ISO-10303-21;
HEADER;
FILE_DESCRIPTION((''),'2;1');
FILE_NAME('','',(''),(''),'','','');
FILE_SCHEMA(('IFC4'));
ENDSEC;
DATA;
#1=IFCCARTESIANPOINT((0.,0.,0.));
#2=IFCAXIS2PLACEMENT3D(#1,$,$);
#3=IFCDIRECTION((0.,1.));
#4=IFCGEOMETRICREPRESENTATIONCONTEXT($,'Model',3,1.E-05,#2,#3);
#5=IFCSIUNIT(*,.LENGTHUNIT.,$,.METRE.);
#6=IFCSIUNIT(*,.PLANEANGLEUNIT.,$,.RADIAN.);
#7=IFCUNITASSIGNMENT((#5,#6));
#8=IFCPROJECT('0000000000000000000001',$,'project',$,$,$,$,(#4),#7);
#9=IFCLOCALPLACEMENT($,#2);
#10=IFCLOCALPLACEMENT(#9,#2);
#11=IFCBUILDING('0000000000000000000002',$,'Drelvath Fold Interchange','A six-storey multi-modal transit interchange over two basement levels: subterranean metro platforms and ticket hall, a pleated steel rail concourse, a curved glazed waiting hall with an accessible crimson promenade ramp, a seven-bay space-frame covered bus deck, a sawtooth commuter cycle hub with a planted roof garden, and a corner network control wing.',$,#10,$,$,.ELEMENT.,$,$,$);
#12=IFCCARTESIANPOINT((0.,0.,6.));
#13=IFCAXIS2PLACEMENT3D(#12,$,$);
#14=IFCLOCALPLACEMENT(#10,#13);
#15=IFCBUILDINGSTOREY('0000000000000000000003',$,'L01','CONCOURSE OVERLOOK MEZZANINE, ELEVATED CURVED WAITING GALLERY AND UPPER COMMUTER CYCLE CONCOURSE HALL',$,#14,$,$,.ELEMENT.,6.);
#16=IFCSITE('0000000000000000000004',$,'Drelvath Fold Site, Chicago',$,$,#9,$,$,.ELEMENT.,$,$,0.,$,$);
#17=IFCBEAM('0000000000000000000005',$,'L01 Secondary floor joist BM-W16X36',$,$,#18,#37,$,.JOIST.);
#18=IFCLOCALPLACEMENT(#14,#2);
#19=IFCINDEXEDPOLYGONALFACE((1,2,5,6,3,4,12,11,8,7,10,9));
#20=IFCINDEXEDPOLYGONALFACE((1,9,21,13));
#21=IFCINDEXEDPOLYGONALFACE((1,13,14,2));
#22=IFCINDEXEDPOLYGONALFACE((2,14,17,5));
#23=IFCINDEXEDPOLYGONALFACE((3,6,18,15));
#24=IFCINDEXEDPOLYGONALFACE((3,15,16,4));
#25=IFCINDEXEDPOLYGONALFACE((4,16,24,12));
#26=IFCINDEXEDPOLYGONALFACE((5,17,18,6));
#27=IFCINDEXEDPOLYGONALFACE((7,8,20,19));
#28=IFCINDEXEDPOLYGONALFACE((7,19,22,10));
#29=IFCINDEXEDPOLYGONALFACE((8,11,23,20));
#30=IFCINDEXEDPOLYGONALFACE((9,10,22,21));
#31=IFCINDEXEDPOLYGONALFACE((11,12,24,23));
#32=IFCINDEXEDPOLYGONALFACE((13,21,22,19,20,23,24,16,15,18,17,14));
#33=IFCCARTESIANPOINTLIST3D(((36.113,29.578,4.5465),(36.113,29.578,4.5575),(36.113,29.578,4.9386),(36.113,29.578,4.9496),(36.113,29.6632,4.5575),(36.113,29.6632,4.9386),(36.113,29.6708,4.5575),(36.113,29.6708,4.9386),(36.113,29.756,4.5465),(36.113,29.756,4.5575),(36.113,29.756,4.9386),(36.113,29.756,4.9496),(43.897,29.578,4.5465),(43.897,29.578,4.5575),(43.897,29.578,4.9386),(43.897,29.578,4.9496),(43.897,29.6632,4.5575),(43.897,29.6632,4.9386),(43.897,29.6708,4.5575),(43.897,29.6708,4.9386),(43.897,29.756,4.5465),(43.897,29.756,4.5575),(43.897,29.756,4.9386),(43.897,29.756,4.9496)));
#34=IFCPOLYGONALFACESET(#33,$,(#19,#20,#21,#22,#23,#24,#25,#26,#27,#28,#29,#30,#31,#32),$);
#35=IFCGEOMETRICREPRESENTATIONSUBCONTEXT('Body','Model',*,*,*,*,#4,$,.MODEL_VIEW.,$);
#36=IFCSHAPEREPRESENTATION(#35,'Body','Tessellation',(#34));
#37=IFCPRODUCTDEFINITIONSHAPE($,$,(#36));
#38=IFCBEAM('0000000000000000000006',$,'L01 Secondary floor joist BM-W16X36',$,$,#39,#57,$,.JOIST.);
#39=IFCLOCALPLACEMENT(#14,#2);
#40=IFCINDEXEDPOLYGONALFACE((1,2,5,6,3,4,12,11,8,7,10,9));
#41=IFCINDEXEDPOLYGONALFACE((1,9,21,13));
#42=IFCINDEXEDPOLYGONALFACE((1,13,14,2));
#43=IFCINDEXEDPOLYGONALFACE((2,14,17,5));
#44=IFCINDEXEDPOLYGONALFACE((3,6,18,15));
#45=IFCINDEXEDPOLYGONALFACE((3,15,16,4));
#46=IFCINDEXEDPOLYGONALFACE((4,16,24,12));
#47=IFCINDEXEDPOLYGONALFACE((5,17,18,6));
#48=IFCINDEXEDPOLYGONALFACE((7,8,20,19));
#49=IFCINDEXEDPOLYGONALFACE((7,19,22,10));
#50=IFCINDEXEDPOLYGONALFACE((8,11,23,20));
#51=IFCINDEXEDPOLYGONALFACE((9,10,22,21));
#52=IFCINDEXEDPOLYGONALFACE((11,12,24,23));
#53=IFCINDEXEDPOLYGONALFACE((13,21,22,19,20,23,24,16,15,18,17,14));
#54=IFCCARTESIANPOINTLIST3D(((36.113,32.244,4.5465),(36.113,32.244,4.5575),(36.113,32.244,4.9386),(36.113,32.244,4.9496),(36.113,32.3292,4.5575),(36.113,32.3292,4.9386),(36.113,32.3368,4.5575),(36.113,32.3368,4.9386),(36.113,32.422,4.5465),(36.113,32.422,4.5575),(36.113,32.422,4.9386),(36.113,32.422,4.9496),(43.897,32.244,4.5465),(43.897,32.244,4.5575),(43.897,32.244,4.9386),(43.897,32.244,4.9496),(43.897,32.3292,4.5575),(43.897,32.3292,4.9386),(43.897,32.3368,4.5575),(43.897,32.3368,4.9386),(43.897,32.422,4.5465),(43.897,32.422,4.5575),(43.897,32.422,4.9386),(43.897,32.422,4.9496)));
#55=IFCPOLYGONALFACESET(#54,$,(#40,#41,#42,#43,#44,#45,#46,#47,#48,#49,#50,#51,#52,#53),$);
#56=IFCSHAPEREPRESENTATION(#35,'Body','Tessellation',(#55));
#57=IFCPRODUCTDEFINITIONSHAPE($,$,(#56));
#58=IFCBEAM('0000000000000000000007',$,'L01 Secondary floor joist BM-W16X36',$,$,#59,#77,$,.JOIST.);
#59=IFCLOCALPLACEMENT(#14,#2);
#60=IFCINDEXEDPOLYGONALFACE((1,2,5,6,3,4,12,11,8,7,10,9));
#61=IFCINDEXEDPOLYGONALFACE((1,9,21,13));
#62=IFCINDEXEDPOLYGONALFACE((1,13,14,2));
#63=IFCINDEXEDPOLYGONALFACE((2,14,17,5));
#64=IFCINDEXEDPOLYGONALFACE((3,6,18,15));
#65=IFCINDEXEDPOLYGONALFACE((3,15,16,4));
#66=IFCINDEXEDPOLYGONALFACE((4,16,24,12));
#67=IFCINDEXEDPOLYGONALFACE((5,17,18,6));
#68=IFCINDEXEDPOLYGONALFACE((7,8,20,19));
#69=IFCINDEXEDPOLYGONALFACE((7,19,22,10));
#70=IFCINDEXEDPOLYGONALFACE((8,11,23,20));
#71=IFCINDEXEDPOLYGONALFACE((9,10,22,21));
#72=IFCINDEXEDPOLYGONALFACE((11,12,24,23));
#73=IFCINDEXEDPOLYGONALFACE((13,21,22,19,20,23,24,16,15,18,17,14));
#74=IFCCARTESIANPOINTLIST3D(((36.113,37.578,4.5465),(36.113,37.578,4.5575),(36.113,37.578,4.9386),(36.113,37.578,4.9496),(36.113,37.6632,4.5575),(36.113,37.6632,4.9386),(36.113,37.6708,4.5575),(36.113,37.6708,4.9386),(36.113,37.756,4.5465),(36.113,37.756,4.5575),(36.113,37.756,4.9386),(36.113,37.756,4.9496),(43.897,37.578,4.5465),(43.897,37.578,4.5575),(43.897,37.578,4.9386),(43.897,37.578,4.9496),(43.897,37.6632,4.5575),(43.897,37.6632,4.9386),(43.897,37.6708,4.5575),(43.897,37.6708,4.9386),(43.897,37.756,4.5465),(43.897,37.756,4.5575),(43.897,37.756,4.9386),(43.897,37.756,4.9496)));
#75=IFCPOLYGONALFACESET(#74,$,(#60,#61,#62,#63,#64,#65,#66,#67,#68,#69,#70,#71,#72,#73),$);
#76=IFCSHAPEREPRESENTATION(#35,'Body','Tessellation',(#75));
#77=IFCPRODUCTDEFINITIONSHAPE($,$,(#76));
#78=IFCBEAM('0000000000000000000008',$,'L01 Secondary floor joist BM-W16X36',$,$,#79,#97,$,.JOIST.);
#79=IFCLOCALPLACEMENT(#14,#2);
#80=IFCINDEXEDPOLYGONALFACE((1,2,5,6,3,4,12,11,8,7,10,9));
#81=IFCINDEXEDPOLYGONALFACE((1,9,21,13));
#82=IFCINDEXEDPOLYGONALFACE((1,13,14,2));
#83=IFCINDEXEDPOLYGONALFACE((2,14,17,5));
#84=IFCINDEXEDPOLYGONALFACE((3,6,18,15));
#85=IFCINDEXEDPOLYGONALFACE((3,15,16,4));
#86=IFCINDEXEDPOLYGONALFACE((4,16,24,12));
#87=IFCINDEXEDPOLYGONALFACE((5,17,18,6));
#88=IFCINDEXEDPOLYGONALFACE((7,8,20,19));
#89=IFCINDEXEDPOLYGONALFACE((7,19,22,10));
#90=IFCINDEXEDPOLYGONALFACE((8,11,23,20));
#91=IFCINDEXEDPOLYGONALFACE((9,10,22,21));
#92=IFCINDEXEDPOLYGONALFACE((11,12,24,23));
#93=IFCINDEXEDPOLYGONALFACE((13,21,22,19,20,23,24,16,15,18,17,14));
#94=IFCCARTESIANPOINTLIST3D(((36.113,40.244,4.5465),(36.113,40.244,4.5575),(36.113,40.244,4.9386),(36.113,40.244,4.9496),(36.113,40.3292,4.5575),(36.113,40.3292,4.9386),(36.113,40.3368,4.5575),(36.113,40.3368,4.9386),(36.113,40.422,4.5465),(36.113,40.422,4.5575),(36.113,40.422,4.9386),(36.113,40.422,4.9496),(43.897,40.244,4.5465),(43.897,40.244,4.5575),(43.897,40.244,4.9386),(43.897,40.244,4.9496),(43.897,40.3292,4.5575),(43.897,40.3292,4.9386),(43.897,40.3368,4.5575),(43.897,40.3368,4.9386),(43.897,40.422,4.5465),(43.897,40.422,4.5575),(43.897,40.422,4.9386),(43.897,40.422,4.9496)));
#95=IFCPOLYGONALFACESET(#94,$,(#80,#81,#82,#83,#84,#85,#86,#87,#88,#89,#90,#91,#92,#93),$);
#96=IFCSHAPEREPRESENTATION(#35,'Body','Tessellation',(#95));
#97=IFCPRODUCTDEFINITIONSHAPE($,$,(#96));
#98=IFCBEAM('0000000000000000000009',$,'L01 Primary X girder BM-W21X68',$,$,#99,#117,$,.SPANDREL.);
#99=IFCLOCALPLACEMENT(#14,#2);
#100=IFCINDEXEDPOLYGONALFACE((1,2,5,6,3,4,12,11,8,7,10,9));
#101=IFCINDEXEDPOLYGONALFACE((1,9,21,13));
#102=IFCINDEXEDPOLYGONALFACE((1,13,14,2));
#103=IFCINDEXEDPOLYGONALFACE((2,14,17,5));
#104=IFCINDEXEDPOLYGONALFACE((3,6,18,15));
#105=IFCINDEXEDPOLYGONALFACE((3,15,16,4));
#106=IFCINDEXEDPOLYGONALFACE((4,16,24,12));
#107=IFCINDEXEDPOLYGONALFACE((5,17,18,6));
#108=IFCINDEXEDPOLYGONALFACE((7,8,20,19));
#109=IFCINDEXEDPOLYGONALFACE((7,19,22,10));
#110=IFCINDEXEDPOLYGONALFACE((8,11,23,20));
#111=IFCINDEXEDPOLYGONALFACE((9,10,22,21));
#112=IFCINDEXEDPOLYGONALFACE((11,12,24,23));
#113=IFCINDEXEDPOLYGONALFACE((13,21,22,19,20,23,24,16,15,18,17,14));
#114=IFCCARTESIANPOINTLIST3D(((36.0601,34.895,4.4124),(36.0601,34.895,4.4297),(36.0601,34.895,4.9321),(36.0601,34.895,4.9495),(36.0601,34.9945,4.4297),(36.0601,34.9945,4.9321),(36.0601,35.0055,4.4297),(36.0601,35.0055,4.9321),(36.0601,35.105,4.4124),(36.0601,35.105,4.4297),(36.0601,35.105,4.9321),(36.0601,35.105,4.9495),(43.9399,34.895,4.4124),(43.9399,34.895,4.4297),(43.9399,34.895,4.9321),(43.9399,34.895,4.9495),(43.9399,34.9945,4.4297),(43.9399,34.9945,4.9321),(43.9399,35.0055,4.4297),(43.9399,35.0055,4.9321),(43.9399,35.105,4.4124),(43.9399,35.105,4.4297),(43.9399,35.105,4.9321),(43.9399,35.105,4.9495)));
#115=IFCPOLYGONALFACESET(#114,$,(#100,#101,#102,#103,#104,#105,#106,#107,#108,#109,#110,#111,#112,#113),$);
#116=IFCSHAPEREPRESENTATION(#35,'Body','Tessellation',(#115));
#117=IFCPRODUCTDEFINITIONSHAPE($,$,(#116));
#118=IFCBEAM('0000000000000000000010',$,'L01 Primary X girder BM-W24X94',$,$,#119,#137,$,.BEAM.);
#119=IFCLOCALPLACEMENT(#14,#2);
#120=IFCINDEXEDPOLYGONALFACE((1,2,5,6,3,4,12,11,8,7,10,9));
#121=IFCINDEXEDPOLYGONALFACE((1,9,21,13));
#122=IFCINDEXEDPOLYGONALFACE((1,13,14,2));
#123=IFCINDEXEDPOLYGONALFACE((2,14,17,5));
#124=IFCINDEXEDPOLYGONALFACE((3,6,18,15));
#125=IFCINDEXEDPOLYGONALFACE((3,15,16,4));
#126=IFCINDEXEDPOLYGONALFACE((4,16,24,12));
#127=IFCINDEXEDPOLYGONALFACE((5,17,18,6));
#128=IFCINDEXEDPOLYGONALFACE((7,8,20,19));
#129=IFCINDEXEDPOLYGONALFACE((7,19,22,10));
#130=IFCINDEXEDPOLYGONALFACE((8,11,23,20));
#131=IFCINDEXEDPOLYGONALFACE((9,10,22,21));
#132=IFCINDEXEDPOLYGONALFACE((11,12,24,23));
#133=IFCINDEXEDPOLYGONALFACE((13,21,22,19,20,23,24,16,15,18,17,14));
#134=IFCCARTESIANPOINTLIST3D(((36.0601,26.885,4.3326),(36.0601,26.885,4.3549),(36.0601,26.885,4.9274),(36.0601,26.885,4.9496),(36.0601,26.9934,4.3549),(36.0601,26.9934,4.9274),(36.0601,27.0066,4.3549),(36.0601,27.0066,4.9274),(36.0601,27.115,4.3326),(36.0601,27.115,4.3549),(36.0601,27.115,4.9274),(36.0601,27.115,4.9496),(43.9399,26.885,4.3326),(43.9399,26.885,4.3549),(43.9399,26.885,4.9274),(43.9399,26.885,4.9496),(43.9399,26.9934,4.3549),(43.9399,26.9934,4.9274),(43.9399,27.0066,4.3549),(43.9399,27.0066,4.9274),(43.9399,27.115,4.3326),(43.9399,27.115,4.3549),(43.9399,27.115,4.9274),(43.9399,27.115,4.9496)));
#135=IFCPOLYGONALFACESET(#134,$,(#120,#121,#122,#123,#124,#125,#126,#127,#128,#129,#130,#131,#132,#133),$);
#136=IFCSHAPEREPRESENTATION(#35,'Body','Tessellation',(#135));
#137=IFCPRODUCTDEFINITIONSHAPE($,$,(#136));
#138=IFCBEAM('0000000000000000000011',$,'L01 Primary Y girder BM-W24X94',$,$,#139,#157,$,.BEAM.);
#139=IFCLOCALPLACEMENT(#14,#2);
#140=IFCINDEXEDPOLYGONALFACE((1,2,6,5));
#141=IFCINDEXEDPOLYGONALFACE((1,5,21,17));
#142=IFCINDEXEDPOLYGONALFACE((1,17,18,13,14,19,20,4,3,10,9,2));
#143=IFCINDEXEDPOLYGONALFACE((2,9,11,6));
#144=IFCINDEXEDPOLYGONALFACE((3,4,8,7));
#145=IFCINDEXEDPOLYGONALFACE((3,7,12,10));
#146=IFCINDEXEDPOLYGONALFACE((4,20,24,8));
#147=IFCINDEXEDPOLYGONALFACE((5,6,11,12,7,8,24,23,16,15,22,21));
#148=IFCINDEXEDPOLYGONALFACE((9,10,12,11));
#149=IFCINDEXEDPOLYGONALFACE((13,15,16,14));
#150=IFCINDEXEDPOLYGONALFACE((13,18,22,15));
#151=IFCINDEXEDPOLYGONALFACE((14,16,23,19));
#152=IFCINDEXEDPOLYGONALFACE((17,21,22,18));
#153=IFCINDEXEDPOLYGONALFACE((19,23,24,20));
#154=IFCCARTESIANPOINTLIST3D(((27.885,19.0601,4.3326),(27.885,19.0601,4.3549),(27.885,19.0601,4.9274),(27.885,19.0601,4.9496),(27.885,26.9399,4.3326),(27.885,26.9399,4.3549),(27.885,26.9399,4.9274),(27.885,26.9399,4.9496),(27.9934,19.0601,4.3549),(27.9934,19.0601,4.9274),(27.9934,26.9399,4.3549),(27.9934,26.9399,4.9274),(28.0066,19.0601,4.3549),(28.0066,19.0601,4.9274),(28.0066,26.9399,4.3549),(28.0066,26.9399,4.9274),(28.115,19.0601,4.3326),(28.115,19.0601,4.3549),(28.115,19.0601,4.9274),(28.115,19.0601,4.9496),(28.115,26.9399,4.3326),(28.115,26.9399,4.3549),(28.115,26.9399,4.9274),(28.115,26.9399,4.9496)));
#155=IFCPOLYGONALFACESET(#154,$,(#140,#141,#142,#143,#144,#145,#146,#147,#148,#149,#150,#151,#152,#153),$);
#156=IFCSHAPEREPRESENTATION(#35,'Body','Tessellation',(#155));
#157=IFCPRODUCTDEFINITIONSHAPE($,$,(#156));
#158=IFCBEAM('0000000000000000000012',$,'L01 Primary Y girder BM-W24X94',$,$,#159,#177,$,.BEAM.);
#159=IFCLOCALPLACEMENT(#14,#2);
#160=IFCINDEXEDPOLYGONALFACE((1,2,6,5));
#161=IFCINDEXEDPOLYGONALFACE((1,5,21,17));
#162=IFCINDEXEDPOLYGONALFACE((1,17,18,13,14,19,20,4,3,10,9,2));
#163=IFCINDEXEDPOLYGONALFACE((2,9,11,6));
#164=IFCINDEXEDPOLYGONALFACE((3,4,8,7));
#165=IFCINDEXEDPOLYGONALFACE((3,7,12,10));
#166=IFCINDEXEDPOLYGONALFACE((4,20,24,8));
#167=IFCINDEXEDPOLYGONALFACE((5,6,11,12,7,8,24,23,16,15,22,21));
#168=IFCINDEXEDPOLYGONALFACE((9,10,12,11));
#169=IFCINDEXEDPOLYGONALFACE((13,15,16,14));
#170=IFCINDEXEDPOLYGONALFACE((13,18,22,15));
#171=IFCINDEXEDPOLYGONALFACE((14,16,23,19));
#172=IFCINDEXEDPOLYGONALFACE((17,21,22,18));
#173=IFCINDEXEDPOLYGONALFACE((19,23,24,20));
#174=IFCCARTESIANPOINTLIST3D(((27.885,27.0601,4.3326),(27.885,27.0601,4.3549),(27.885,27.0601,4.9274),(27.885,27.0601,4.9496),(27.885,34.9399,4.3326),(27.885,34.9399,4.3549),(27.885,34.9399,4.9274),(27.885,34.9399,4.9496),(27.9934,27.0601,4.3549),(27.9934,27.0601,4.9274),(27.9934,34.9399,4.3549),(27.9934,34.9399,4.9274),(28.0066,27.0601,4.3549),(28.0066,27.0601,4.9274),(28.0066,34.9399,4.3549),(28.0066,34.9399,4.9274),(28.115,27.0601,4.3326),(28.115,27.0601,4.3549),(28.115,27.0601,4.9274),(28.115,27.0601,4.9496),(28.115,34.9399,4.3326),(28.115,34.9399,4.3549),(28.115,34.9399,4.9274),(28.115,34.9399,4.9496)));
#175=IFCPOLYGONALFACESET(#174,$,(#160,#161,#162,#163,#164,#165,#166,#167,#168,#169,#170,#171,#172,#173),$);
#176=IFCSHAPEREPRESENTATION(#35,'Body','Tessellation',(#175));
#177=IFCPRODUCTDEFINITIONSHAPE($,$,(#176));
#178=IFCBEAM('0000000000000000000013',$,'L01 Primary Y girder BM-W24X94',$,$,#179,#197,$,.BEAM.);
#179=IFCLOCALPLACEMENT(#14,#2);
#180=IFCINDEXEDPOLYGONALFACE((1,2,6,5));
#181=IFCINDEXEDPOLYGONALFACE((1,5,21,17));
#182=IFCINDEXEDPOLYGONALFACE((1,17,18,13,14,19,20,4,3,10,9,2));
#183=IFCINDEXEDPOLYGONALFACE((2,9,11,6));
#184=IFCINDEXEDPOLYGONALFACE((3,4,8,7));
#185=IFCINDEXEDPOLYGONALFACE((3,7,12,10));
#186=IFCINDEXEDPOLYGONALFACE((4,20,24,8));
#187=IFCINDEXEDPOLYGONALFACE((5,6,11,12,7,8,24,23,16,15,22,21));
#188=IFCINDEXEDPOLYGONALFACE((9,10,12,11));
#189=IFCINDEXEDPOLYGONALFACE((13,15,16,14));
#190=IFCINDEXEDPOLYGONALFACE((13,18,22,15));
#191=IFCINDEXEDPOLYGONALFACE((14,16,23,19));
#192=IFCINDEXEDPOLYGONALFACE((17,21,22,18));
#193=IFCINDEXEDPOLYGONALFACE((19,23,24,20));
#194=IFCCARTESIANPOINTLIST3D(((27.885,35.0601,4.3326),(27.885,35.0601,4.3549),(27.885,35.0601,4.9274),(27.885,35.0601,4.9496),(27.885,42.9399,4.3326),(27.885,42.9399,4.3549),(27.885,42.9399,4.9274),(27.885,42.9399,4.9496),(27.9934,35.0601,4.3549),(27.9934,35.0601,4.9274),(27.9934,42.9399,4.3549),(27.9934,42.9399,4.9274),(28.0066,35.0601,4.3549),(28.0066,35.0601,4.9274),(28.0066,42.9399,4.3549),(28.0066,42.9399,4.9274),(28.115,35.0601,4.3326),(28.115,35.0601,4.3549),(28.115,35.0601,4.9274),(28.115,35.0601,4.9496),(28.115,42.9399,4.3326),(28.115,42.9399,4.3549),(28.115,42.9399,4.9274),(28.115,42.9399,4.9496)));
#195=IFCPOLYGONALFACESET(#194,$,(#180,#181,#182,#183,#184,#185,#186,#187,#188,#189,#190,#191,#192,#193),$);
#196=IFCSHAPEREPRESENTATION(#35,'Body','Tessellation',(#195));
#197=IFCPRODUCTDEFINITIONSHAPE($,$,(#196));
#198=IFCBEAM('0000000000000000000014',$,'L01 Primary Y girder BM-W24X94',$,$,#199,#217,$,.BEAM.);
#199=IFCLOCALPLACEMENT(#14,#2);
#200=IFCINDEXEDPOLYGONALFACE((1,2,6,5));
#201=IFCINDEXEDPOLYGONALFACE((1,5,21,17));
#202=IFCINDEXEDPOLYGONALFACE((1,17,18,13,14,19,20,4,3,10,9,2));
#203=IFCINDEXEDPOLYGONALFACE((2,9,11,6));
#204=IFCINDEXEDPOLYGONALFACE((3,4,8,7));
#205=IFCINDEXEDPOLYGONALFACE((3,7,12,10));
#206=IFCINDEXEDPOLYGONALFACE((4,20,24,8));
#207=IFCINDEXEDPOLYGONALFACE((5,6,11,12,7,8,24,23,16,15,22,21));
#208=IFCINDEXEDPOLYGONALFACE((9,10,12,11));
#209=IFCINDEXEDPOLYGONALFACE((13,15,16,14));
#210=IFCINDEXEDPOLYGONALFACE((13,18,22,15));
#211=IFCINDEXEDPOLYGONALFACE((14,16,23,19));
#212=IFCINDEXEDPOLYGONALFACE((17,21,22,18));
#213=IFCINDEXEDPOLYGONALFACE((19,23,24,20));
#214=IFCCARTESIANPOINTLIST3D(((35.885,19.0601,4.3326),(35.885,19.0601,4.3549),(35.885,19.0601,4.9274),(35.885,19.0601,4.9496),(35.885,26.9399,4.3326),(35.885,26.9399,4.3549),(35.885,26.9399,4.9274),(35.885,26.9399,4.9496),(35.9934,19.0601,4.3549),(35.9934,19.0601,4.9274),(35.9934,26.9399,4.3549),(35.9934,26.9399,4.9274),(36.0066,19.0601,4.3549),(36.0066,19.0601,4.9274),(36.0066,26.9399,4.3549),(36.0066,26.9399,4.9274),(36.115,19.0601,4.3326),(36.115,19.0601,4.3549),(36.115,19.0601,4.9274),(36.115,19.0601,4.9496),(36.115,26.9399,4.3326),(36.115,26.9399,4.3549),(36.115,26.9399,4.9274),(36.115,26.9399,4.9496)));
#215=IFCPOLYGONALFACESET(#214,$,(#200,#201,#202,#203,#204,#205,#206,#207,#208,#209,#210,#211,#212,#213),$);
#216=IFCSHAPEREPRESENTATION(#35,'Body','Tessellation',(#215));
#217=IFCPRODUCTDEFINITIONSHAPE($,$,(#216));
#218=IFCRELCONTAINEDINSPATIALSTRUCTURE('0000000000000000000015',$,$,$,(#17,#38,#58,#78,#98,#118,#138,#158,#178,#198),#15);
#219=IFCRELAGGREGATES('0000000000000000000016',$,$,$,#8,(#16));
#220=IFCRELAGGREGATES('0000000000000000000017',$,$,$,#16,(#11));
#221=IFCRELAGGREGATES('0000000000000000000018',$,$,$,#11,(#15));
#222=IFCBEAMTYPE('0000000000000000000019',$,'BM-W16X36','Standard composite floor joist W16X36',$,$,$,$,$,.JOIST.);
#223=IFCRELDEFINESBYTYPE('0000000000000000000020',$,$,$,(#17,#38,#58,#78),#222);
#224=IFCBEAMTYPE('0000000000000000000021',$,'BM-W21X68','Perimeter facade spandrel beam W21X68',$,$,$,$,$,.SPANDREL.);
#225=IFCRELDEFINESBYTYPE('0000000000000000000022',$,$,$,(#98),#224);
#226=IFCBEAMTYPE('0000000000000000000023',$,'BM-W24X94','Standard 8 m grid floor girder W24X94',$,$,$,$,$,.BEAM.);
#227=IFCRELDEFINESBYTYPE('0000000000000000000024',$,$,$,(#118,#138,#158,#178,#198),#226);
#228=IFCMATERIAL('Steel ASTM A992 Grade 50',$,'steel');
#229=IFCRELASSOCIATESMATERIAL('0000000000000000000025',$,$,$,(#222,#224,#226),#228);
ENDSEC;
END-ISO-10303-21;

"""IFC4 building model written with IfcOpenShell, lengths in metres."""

from ifc_helpers import new_model, si_unit, direction, frame, origin, origin_2d, place, context, subcontext, project, spatial, i_section, extrude, material, material_profile, profile_set, type_object, element, save


model = new_model("IFC4")

# Units and contexts
model_context = context("Model", 3, precision=1e-05, world=origin(), true_north=direction((0.0, 1.0)))
body_context = subcontext(model_context, "Body", "Model", "MODEL_VIEW")
ifc_project = project(units=[si_unit("LENGTHUNIT", "METRE"), si_unit("PLANEANGLEUNIT", "RADIAN")], contexts=[model_context])

# Site, building, storey
site_placement = place(None, origin())
site = spatial("IfcSite", under=ifc_project, at=site_placement, Name="Drelvath Fold Site, Chicago", CompositionType="ELEMENT", RefElevation=0.0)
building_placement = place(site_placement, origin())
building = spatial("IfcBuilding", under=site, at=building_placement, Name="Drelvath Fold Interchange", Description="A six-storey multi-modal transit interchange over two basement levels: subterranean metro platforms and ticket hall, a pleated steel rail concourse, a curved glazed waiting hall with an accessible crimson promenade ramp, a seven-bay space-frame covered bus deck, a sawtooth commuter cycle hub with a planted roof garden, and a corner network control wing.", CompositionType="ELEMENT")
storey_placement = place(building_placement, frame((0.0, 0.0, 6.0)))
storey = spatial("IfcBuildingStorey", under=building, at=storey_placement, Name="L01", Description="CONCOURSE OVERLOOK MEZZANINE, ELEVATED CURVED WAITING GALLERY AND UPPER COMMUTER CYCLE CONCOURSE HALL", CompositionType="ELEMENT", Elevation=6.0)

# Shared definitions
ifc_material_1 = material(Name="Steel ASTM A992 Grade 50", Category="steel")

# Beams
ifc_material_profile_1 = material_profile(ifc_material_1, i_section(OverallWidth=0.178, OverallDepth=0.4031, WebThickness=0.0076, FlangeThickness=0.011, at=origin_2d()), Name="W16X36")
ifc_profile_set_1 = profile_set([ifc_material_profile_1], Name="Steel ASTM A992 Grade 50")
beam_type_1 = type_object("IfcBeamType", Name="BM-W16X36", Description="Standard composite floor joist W16X36", PredefinedType="JOIST", material=ifc_profile_set_1)
for number, where, z_axis, x_axis, name in (
    (1, (36.113, 29.667, 4.748), (1.0, 0.0, 0.0), (0.0, 1.0, 0.0), "L01 Secondary floor joist BM-W16X36"),
    (2, (36.113, 32.333, 4.748), (1.0, 0.0, 0.0), (0.0, 1.0, 0.0), "L01 Secondary floor joist BM-W16X36"),
    (3, (36.113, 37.667, 4.748), (1.0, 0.0, 0.0), (0.0, 1.0, 0.0), "L01 Secondary floor joist BM-W16X36"),
    (4, (36.113, 40.333, 4.748), (1.0, 0.0, 0.0), (0.0, 1.0, 0.0), "L01 Secondary floor joist BM-W16X36"),
):
    element("IfcBeam", number, at=place(storey_placement, frame(where, z_axis=z_axis, x_axis=x_axis)), inside=storey, type_object=beam_type_1, Name=name, PredefinedType="JOIST", context=body_context, shape_type="SweptSolid", body=[
        extrude(i_section(OverallWidth=0.178, OverallDepth=0.4031, WebThickness=0.0076, FlangeThickness=0.011, at=origin_2d()), origin(), (0.0, 0.0, 1.0), 7.7839),
    ])
ifc_material_profile_2 = material_profile(ifc_material_1, i_section(OverallWidth=0.21, OverallDepth=0.5371, WebThickness=0.011, FlangeThickness=0.0173, at=origin_2d()), Name="W21X68")
ifc_profile_set_2 = profile_set([ifc_material_profile_2], Name="Steel ASTM A992 Grade 50")
beam_type_2 = type_object("IfcBeamType", Name="BM-W21X68", Description="Perimeter facade spandrel beam W21X68", PredefinedType="SPANDREL", material=ifc_profile_set_2)
beam_placement = place(storey_placement, frame((36.0601, 35.0, 4.6809), z_axis=(1.0, 0.0, 0.0), x_axis=(0.0, 1.0, 0.0)))
element("IfcBeam", 5, at=beam_placement, inside=storey, type_object=beam_type_2, Name="L01 Primary X girder BM-W21X68", PredefinedType="SPANDREL", context=body_context, shape_type="SweptSolid", body=[
    extrude(i_section(OverallWidth=0.21, OverallDepth=0.5371, WebThickness=0.011, FlangeThickness=0.0173, at=origin_2d()), origin(), (0.0, 0.0, 1.0), 7.8799),
])
ifc_material_profile_3 = material_profile(ifc_material_1, i_section(OverallWidth=0.23, OverallDepth=0.6169, WebThickness=0.0132, FlangeThickness=0.0222, at=origin_2d()), Name="W24X94")
ifc_profile_set_3 = profile_set([ifc_material_profile_3], Name="Steel ASTM A992 Grade 50")
beam_type_3 = type_object("IfcBeamType", Name="BM-W24X94", Description="Standard 8 m grid floor girder W24X94", PredefinedType="BEAM", material=ifc_profile_set_3)
for number, where, z_axis, x_axis, name in (
    (6, (36.0601, 27.0, 4.6411), (1.0, 0.0, 0.0), (0.0, 1.0, 0.0), "L01 Primary X girder BM-W24X94"),
    (7, (28.0, 19.0601, 4.6411), (0.0, 1.0, 0.0), (-1.0, 0.0, 0.0), "L01 Primary Y girder BM-W24X94"),
    (8, (28.0, 27.0601, 4.6411), (0.0, 1.0, 0.0), (-1.0, 0.0, 0.0), "L01 Primary Y girder BM-W24X94"),
    (9, (28.0, 35.0601, 4.6411), (0.0, 1.0, 0.0), (-1.0, 0.0, 0.0), "L01 Primary Y girder BM-W24X94"),
    (10, (36.0, 19.0601, 4.6411), (0.0, 1.0, 0.0), (-1.0, 0.0, 0.0), "L01 Primary Y girder BM-W24X94"),
):
    element("IfcBeam", number, at=place(storey_placement, frame(where, z_axis=z_axis, x_axis=x_axis)), inside=storey, type_object=beam_type_3, Name=name, PredefinedType="BEAM", context=body_context, shape_type="SweptSolid", body=[
        extrude(i_section(OverallWidth=0.23, OverallDepth=0.6169, WebThickness=0.0132, FlangeThickness=0.0222, at=origin_2d()), origin(), (0.0, 0.0, 1.0), 7.8799),
    ])

save(model, "model.ifc")
